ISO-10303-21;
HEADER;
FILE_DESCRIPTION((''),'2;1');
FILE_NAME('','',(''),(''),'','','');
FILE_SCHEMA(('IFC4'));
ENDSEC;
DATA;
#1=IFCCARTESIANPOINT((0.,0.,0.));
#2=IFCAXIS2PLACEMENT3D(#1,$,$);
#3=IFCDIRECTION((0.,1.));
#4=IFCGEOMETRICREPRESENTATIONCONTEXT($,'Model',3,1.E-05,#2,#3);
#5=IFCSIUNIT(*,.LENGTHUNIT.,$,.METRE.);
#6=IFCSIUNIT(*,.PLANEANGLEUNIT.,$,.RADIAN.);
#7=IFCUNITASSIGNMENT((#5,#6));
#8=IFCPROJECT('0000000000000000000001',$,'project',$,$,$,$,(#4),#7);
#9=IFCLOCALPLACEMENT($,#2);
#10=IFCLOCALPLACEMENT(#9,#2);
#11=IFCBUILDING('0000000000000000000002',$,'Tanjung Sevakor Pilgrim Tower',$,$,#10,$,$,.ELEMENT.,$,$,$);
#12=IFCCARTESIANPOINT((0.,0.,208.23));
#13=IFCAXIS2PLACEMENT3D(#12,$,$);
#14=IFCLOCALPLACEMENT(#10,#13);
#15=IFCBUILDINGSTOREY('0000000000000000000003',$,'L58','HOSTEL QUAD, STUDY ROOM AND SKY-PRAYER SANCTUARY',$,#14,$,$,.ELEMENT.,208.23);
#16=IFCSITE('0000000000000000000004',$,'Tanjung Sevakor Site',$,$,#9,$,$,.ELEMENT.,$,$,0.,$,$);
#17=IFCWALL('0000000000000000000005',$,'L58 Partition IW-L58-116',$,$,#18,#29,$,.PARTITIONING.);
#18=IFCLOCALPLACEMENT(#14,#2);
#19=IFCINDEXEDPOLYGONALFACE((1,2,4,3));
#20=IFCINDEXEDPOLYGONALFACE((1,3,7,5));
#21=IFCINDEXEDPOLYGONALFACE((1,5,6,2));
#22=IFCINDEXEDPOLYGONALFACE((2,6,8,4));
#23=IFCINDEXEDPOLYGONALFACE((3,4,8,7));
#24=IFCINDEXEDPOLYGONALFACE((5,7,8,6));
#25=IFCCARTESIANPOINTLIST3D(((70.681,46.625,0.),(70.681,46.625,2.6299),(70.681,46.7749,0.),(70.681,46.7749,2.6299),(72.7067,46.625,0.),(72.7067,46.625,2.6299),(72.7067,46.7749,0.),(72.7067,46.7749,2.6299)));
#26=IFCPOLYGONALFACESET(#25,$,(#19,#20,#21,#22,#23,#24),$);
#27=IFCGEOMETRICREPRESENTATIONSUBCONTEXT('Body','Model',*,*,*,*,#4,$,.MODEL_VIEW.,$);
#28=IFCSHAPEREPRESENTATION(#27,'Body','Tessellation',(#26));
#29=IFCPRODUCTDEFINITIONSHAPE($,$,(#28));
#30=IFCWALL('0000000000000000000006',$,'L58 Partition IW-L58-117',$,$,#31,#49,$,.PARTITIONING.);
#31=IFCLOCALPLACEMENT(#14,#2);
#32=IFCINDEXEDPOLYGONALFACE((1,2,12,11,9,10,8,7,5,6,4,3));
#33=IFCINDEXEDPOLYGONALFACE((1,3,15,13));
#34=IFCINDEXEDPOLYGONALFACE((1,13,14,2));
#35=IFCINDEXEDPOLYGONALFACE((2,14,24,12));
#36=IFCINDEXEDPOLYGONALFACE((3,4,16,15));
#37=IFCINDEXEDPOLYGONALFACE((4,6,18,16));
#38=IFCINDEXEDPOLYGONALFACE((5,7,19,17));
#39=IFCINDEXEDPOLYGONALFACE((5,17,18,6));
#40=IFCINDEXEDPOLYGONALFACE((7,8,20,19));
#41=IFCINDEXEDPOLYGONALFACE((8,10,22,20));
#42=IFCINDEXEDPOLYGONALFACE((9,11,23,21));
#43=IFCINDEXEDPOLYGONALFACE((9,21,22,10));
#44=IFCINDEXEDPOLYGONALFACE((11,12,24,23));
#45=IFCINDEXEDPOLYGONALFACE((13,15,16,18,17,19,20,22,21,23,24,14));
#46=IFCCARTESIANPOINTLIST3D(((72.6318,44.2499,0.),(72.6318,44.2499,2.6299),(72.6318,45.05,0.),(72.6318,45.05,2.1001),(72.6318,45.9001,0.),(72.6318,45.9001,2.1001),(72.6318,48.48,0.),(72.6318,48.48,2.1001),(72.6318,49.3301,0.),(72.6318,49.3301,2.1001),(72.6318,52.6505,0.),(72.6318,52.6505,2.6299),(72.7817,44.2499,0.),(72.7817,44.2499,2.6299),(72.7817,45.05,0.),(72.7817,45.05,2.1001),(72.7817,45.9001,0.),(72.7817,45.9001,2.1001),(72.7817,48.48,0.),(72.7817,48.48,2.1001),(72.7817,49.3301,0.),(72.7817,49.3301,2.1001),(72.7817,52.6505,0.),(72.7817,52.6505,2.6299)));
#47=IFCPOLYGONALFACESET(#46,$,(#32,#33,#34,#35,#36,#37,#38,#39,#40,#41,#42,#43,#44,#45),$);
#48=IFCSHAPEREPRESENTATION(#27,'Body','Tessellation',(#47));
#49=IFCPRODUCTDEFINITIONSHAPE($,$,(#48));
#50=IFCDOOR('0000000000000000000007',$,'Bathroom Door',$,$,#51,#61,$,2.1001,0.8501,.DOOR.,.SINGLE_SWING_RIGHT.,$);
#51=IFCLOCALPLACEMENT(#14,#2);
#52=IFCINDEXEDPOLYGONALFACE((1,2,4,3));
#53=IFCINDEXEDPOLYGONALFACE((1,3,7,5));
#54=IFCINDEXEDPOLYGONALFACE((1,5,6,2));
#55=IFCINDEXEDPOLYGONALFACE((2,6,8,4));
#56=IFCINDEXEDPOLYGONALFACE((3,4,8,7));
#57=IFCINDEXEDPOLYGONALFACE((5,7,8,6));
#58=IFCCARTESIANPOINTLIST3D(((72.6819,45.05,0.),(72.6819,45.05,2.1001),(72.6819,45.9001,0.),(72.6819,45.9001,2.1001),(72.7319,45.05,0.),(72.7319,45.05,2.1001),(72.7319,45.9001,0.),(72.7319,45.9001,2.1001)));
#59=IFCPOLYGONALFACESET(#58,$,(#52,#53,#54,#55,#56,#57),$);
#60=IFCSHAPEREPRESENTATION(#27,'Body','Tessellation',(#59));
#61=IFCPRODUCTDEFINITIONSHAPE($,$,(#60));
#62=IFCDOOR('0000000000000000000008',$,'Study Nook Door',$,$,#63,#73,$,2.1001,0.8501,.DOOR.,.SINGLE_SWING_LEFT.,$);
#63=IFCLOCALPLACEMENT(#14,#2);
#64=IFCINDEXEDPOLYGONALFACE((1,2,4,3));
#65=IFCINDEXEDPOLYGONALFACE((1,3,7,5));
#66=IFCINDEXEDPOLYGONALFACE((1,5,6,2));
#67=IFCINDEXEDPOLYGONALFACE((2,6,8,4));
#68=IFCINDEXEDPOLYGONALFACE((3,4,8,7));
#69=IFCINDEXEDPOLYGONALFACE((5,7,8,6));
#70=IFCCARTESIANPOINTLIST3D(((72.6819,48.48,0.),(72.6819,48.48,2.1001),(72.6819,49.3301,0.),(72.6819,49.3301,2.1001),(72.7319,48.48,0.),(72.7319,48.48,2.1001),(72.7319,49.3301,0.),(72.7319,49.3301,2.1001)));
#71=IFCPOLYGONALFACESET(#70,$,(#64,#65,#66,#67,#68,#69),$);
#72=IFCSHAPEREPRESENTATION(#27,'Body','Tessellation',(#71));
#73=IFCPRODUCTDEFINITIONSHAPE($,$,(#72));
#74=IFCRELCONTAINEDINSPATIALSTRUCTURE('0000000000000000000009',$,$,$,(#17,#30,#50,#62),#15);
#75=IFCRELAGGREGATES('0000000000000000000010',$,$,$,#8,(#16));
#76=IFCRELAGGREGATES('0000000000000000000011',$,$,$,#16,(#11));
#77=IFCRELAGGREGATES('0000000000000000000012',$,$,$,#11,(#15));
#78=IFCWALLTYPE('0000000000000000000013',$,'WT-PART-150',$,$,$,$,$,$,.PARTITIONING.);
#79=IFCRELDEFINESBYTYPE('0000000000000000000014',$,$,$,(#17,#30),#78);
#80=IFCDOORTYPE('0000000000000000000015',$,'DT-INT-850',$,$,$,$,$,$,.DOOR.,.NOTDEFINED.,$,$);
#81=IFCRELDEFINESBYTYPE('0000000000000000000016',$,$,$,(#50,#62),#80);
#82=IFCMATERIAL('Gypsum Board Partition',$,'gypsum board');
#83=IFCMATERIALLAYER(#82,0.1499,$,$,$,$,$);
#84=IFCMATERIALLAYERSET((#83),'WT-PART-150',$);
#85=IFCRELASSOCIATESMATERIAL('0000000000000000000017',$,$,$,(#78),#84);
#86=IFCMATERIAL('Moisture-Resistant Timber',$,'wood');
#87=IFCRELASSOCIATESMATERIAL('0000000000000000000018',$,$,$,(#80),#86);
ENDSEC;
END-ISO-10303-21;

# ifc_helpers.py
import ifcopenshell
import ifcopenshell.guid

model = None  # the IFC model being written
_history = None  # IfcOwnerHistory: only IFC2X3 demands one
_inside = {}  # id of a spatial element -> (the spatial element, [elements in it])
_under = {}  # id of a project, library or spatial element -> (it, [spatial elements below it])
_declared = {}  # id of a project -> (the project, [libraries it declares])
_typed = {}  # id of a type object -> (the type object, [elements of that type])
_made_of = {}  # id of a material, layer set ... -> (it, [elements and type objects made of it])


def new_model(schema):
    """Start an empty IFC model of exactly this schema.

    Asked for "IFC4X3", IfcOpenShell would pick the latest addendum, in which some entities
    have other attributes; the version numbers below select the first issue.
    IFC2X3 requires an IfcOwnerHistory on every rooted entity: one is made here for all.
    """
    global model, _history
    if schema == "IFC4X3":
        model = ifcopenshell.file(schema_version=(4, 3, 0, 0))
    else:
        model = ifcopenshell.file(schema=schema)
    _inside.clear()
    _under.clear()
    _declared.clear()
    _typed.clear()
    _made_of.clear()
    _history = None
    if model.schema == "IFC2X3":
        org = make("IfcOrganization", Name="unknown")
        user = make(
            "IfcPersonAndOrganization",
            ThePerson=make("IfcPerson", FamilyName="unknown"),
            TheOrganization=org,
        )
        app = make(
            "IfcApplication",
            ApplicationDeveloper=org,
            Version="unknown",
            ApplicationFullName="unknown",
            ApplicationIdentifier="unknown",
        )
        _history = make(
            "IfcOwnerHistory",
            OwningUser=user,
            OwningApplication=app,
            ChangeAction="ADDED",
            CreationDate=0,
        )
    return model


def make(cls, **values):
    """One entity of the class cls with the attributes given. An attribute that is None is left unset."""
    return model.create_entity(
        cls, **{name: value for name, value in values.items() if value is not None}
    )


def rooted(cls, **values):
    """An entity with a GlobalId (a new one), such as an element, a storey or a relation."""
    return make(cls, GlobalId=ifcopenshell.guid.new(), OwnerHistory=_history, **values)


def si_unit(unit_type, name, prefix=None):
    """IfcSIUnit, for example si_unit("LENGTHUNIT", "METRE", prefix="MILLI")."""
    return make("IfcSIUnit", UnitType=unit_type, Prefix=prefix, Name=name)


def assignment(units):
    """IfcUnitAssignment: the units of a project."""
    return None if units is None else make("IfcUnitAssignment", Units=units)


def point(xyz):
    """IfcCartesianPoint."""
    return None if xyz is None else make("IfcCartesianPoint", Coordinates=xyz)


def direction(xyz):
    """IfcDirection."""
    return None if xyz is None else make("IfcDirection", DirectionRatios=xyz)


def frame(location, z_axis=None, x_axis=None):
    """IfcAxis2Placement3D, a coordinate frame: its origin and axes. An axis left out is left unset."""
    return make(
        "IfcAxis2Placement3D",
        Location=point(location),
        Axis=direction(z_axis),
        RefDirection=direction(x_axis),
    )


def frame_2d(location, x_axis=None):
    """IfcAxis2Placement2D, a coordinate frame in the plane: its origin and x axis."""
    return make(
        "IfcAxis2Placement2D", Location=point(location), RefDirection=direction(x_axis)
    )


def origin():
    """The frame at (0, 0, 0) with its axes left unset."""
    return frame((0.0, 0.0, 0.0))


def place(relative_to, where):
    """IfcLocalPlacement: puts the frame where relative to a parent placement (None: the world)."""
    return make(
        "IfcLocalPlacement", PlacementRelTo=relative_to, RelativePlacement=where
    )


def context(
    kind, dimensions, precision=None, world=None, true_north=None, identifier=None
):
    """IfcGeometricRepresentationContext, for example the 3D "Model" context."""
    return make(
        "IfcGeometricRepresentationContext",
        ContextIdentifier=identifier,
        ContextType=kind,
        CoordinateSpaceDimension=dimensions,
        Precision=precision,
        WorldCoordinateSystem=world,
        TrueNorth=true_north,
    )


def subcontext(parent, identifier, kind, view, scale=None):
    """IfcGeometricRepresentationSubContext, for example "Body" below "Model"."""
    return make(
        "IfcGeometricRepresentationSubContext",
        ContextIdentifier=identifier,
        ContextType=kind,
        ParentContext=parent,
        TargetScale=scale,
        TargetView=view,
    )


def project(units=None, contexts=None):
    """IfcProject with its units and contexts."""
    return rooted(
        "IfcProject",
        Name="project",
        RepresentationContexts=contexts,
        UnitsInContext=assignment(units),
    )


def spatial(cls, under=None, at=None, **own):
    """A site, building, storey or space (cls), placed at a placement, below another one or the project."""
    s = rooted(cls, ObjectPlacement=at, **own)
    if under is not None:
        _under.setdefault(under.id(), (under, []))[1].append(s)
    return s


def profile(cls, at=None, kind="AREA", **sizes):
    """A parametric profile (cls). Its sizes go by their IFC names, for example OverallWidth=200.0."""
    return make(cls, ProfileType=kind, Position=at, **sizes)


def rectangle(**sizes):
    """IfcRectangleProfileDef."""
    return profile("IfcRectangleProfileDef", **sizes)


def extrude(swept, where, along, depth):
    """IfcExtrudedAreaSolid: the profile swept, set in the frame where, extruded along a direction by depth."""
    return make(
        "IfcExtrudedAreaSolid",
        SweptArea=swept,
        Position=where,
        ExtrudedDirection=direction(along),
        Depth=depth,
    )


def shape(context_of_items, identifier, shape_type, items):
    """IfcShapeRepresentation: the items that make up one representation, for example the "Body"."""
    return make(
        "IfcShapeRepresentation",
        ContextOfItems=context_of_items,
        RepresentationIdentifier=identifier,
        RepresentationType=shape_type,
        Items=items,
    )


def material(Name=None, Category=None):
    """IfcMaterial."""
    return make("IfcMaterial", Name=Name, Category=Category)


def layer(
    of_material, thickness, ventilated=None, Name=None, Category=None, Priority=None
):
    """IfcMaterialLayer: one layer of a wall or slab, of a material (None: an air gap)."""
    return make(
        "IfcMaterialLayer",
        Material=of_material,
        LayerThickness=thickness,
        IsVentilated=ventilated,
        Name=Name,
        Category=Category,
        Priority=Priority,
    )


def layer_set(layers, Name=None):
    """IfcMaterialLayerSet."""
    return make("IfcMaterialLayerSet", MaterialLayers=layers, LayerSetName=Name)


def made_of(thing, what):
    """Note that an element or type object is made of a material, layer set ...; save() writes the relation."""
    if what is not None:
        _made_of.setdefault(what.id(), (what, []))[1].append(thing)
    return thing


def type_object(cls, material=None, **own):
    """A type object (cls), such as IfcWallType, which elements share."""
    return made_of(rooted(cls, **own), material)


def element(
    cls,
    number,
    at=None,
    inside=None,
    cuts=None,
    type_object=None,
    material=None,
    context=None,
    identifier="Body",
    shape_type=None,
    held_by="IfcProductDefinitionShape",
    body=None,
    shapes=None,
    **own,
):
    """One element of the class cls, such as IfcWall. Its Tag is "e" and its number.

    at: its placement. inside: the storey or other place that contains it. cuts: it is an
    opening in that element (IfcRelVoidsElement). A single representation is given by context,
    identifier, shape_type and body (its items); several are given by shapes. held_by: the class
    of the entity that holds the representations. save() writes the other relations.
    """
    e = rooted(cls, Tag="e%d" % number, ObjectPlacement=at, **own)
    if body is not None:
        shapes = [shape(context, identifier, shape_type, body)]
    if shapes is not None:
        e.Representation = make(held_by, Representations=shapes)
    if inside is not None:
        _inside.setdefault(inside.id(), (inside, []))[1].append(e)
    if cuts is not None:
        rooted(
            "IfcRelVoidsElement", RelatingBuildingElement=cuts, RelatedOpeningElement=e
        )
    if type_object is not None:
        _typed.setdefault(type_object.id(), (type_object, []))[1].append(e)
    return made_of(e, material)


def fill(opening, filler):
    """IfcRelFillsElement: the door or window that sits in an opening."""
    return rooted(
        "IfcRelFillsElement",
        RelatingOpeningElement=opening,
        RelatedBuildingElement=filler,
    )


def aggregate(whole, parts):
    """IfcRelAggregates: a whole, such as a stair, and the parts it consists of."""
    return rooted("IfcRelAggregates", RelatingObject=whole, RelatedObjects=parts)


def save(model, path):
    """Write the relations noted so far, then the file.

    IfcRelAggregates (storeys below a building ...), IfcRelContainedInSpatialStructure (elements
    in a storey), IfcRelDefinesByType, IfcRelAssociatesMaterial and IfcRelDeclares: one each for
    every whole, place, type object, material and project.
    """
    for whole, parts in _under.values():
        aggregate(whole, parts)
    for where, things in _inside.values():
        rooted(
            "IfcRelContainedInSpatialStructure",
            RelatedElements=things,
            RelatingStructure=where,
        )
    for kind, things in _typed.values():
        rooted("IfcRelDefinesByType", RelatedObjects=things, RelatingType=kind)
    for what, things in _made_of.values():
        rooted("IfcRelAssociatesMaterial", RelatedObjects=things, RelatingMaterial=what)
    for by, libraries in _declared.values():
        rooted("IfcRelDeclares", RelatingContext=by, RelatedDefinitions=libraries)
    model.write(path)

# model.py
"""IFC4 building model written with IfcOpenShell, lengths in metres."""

from ifc_helpers import new_model, si_unit, direction, frame, frame_2d, origin, place, context, subcontext, project, spatial, rectangle, extrude, material, layer, layer_set, type_object, element, fill, save


model = new_model("IFC4")

# Units and contexts
model_context = context("Model", 3, precision=1e-05, world=origin(), true_north=direction((0.0, 1.0)))
body_context = subcontext(model_context, "Body", "Model", "MODEL_VIEW")
ifc_project = project(units=[si_unit("LENGTHUNIT", "METRE"), si_unit("PLANEANGLEUNIT", "RADIAN")], contexts=[model_context])

# Site, building, storey
site_placement = place(None, origin())
site = spatial("IfcSite", under=ifc_project, at=site_placement, Name="Tanjung Sevakor Site", CompositionType="ELEMENT", RefElevation=0.0)
building_placement = place(site_placement, origin())
building = spatial("IfcBuilding", under=site, at=building_placement, Name="Tanjung Sevakor Pilgrim Tower", CompositionType="ELEMENT")
storey_placement = place(building_placement, frame((0.0, 0.0, 208.23)))
storey = spatial("IfcBuildingStorey", under=building, at=storey_placement, Name="L58", Description="HOSTEL QUAD, STUDY ROOM AND SKY-PRAYER SANCTUARY", CompositionType="ELEMENT", Elevation=208.23)

# Wall
ifc_material_1 = material(Name="Gypsum Board Partition", Category="gypsum board")
ifc_layer_1 = layer(ifc_material_1, 0.1499)
ifc_layer_set_1 = layer_set([ifc_layer_1], Name="WT-PART-150")
wall_type_1 = type_object("IfcWallType", Name="WT-PART-150", PredefinedType="PARTITIONING", material=ifc_layer_set_1)
wall_1_placement = place(storey_placement, frame((70.6812, 46.7, 0.0), z_axis=(0.0, 0.0, 1.0), x_axis=(1.0, 0.0, 0.0)))
element("IfcWall", 1, at=wall_1_placement, inside=storey, type_object=wall_type_1, Name="L58 Partition IW-L58-116", PredefinedType="PARTITIONING", context=body_context, shape_type="SweptSolid", body=[
    extrude(rectangle(XDim=2.0256, YDim=0.1499, at=frame_2d((1.0127, 0.0))), origin(), (0.0, 0.0, 1.0), 2.6299),
])

# Wall, openings, doors
wall_2_placement = place(storey_placement, frame((72.7068, 44.25, 0.0), z_axis=(0.0, 0.0, 1.0), x_axis=(0.0, 1.0, 0.0)))
wall_2 = element("IfcWall", 2, at=wall_2_placement, inside=storey, type_object=wall_type_1, Name="L58 Partition IW-L58-117", PredefinedType="PARTITIONING", context=body_context, shape_type="SweptSolid", body=[
    extrude(rectangle(XDim=8.4006, YDim=0.1499, at=frame_2d((4.2002, 0.0))), origin(), (0.0, 0.0, 1.0), 2.6299),
])
opening_1_placement = place(wall_2_placement, frame((0.8, 0.0, 0.0)))
opening_1 = element("IfcOpeningElement", 3, at=opening_1_placement, cuts=wall_2, PredefinedType="OPENING", context=body_context, shape_type="SweptSolid", body=[
    extrude(rectangle(XDim=0.8501, YDim=2.1001, at=frame_2d((0.425, 1.05))), frame((0.0, 0.085, 0.0), z_axis=(0.0, -1.0, 0.0), x_axis=(1.0, 0.0, 0.0)), (0.0, 0.0, 1.0), 0.1699),
])
opening_2_placement = place(wall_2_placement, frame((4.23, 0.0, 0.0)))
opening_2 = element("IfcOpeningElement", 4, at=opening_2_placement, cuts=wall_2, PredefinedType="OPENING", context=body_context, shape_type="SweptSolid", body=[
    extrude(rectangle(XDim=0.8501, YDim=2.1001, at=frame_2d((0.425, 1.05))), frame((0.0, 0.085, 0.0), z_axis=(0.0, -1.0, 0.0), x_axis=(1.0, 0.0, 0.0)), (0.0, 0.0, 1.0), 0.1699),
])
ifc_material_2 = material(Name="Moisture-Resistant Timber", Category="wood")
door_type_1 = type_object("IfcDoorType", Name="DT-INT-850", OperationType="NOTDEFINED", PredefinedType="DOOR", material=ifc_material_2)
door_1_placement = place(opening_1_placement, origin())
door_1 = element("IfcDoor", 5, at=door_1_placement, inside=storey, type_object=door_type_1, Name="Bathroom Door", OperationType="SINGLE_SWING_RIGHT", OverallHeight=2.1001, OverallWidth=0.8501, PredefinedType="DOOR", context=body_context, shape_type="SweptSolid", body=[
    extrude(rectangle(XDim=0.8501, YDim=2.1001, at=frame_2d((0.425, 1.05))), frame((0.0, 0.0249, 0.0), z_axis=(0.0, -1.0, 0.0), x_axis=(1.0, 0.0, 0.0)), (0.0, 0.0, 1.0), 0.05),
])
fill(opening_1, door_1)
door_2_placement = place(opening_2_placement, origin())
door_2 = element("IfcDoor", 6, at=door_2_placement, inside=storey, type_object=door_type_1, Name="Study Nook Door", OperationType="SINGLE_SWING_LEFT", OverallHeight=2.1001, OverallWidth=0.8501, PredefinedType="DOOR", context=body_context, shape_type="SweptSolid", body=[
    extrude(rectangle(XDim=0.8501, YDim=2.1001, at=frame_2d((0.425, 1.05))), frame((0.0, 0.0249, 0.0), z_axis=(0.0, -1.0, 0.0), x_axis=(1.0, 0.0, 0.0)), (0.0, 0.0, 1.0), 0.05),
])
fill(opening_2, door_2)

save(model, "model.ifc")
